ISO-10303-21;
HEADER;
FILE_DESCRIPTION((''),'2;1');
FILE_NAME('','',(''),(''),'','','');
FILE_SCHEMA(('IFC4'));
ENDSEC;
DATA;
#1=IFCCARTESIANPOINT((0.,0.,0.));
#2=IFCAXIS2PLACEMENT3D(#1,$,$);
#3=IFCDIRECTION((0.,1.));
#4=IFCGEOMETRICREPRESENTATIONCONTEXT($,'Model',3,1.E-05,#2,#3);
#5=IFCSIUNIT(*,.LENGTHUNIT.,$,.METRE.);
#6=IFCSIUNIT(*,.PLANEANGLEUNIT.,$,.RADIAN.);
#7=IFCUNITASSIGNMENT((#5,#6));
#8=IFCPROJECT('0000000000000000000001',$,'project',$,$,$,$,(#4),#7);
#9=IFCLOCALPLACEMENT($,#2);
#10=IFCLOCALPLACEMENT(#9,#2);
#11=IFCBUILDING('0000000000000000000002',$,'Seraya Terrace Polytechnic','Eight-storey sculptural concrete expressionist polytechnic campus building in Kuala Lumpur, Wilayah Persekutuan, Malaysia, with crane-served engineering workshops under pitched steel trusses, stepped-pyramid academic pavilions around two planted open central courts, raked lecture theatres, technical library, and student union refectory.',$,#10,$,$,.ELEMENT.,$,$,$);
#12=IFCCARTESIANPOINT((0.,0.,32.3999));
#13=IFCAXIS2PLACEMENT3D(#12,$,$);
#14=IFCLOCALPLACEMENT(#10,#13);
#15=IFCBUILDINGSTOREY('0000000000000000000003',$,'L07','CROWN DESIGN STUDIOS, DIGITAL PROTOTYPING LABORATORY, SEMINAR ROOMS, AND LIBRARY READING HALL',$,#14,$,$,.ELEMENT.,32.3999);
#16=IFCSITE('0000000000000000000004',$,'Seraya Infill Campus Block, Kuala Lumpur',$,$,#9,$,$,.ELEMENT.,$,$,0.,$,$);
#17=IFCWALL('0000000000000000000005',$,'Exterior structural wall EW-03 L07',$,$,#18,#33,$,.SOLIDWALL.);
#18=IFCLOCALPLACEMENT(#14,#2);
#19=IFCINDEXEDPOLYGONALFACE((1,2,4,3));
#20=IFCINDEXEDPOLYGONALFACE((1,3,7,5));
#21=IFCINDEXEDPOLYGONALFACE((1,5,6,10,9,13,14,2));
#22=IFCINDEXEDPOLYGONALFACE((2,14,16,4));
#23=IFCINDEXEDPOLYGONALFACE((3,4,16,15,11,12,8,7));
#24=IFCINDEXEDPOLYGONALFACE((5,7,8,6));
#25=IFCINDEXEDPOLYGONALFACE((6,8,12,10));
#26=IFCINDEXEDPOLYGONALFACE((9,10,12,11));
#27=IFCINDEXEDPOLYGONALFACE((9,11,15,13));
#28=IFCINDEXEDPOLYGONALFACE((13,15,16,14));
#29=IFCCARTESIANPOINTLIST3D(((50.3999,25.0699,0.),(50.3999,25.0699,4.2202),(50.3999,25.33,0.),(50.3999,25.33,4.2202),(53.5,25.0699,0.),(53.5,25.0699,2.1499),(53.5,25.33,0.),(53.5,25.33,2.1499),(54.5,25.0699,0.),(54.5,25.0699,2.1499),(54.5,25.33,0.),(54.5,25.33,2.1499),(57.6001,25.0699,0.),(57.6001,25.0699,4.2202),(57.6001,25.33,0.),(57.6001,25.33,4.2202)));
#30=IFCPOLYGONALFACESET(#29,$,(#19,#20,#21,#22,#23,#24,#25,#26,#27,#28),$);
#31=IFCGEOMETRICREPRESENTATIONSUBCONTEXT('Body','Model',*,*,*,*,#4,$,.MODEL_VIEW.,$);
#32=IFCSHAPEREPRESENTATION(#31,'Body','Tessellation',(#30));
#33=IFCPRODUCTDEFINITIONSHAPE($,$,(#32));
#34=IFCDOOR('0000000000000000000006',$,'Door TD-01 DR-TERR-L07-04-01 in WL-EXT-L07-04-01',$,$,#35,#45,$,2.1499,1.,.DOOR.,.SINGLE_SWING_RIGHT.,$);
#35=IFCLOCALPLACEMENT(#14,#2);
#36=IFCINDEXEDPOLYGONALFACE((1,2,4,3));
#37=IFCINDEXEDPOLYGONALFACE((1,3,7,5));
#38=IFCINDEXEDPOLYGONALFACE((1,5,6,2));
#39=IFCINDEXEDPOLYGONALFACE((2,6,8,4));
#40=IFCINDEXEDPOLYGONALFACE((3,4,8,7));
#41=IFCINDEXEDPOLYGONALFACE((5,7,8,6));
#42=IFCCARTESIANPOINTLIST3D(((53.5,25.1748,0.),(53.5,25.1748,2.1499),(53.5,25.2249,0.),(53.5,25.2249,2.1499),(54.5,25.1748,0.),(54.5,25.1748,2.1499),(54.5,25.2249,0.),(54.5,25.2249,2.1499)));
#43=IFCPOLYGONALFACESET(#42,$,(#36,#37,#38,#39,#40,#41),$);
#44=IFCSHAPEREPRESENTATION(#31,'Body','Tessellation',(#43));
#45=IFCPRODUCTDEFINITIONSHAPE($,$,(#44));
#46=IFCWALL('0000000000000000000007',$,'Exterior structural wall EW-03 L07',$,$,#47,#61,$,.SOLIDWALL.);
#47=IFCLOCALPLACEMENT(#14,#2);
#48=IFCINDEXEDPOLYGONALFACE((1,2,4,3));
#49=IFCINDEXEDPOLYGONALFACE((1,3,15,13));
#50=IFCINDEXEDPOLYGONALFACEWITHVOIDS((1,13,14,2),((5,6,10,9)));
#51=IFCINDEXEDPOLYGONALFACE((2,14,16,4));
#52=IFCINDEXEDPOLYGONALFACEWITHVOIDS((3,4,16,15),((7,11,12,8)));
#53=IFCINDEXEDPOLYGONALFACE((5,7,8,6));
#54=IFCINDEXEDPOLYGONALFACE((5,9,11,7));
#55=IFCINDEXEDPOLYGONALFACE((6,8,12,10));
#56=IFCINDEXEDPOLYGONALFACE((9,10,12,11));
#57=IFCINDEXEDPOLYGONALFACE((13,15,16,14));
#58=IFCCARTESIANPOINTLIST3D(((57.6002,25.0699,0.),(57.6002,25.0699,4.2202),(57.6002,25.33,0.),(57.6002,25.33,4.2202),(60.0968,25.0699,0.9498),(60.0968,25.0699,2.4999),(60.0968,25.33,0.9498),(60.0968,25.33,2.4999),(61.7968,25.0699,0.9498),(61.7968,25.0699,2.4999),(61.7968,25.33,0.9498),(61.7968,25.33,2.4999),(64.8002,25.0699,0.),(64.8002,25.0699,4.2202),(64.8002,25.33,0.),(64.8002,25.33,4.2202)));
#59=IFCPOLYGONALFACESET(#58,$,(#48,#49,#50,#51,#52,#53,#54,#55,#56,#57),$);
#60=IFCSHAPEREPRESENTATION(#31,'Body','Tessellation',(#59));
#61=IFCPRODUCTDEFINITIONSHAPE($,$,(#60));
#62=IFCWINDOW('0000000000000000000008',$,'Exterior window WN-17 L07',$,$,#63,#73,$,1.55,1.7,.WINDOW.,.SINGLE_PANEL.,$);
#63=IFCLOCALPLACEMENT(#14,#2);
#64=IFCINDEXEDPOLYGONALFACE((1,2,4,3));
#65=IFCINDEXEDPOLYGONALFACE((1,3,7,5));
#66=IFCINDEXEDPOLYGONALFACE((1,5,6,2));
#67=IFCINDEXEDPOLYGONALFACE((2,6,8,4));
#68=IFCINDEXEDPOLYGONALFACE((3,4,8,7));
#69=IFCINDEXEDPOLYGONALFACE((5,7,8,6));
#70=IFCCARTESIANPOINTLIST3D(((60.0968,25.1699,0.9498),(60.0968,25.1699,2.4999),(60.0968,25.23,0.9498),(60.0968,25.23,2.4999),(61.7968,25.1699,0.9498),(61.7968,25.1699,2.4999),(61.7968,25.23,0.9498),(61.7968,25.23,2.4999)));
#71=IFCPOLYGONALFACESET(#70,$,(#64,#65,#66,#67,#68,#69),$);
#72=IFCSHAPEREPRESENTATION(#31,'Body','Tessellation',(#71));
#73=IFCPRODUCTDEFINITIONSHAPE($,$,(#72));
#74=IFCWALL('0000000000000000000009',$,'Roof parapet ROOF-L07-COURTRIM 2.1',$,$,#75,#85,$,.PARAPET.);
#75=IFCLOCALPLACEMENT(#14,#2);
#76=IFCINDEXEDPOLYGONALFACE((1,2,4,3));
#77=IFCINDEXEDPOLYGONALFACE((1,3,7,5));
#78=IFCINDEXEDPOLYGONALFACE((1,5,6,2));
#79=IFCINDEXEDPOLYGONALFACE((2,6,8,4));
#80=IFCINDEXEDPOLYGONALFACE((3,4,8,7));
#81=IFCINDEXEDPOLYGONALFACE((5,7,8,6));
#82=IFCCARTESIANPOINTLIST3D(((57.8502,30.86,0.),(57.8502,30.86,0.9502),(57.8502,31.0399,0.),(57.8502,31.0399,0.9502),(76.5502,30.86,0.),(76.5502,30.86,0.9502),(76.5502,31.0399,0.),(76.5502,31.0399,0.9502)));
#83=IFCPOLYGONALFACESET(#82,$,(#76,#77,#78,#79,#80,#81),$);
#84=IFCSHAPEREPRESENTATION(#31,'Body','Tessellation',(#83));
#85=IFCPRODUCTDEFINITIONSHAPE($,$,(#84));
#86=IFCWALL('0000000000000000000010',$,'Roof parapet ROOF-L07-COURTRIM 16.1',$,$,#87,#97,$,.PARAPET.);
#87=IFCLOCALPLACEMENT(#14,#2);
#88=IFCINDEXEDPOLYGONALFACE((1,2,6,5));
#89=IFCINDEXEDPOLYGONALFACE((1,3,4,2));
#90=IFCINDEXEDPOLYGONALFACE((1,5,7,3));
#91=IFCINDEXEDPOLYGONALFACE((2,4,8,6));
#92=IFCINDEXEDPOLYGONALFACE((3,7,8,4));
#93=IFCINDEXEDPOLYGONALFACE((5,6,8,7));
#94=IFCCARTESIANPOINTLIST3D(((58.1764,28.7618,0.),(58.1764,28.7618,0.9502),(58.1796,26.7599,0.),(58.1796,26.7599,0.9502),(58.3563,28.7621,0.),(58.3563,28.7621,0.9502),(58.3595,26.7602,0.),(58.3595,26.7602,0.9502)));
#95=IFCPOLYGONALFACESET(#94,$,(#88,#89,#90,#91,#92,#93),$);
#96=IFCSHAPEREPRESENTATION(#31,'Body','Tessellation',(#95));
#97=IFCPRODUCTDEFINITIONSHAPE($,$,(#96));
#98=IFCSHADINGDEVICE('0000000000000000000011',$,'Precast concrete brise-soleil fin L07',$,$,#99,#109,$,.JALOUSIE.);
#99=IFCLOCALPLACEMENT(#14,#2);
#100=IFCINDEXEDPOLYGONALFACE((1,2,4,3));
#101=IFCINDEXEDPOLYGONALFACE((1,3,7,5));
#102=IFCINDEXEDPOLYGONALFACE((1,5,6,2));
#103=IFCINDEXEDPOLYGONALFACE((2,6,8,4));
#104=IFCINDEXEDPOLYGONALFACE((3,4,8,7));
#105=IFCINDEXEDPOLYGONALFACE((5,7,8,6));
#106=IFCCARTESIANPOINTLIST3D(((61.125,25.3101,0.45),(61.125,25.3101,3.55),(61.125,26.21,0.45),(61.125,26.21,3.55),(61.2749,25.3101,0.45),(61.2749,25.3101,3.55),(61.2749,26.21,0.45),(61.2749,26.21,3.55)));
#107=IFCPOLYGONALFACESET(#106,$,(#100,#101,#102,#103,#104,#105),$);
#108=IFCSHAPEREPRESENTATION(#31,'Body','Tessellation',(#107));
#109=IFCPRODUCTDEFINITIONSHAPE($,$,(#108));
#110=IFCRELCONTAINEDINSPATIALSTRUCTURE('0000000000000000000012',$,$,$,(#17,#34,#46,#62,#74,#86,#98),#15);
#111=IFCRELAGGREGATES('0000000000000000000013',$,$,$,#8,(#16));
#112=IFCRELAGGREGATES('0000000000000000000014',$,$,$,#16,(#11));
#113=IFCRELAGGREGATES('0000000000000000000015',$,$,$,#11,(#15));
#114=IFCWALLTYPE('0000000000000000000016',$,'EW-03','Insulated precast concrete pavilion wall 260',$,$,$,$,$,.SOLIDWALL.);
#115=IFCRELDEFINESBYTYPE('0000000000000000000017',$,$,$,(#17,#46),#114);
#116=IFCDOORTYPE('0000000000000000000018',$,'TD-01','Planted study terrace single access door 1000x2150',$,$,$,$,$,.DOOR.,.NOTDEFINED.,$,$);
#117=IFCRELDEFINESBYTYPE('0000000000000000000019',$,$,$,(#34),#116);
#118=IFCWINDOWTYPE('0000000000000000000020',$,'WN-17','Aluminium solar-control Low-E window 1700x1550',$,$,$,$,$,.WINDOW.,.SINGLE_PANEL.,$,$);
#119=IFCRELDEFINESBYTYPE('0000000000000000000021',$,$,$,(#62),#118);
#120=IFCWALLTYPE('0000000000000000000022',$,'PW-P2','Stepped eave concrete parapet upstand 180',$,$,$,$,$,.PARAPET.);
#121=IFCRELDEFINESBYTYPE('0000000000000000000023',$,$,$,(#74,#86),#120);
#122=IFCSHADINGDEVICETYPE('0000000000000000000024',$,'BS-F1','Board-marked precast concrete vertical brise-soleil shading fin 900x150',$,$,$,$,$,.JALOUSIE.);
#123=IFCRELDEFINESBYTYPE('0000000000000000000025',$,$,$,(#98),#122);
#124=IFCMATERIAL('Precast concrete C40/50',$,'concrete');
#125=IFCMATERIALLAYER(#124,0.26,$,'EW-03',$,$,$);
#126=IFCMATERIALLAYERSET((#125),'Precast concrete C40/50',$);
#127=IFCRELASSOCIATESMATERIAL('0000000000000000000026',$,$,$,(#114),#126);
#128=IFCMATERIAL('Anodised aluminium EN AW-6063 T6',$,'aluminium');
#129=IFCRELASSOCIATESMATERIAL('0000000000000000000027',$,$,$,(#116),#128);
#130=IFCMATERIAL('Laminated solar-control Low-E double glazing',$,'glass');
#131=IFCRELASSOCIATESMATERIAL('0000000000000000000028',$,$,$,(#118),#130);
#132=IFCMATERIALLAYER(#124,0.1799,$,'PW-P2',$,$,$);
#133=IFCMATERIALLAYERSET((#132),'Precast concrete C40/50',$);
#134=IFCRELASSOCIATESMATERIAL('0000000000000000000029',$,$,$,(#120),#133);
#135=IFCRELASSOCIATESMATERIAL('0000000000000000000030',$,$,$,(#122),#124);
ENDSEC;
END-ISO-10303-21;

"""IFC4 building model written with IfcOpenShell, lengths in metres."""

from ifc_helpers import new_model, si_unit, direction, frame, frame_2d, origin, origin_2d, place, context, subcontext, project, spatial, rectangle, extrude, material, layer, layer_set, type_object, element, fill, save


model = new_model("IFC4")

# Units and contexts
model_context = context("Model", 3, precision=1e-05, world=origin(), true_north=direction((0.0, 1.0)))
body_context = subcontext(model_context, "Body", "Model", "MODEL_VIEW")
ifc_project = project(units=[si_unit("LENGTHUNIT", "METRE"), si_unit("PLANEANGLEUNIT", "RADIAN")], contexts=[model_context])

# Site, building, storey
site_placement = place(None, origin())
site = spatial("IfcSite", under=ifc_project, at=site_placement, Name="Seraya Infill Campus Block, Kuala Lumpur", CompositionType="ELEMENT", RefElevation=0.0)
building_placement = place(site_placement, origin())
building = spatial("IfcBuilding", under=site, at=building_placement, Name="Seraya Terrace Polytechnic", Description="Eight-storey sculptural concrete expressionist polytechnic campus building in Kuala Lumpur, Wilayah Persekutuan, Malaysia, with crane-served engineering workshops under pitched steel trusses, stepped-pyramid academic pavilions around two planted open central courts, raked lecture theatres, technical library, and student union refectory.", CompositionType="ELEMENT")
storey_placement = place(building_placement, frame((0.0, 0.0, 32.3999)))
storey = spatial("IfcBuildingStorey", under=building, at=storey_placement, Name="L07", Description="CROWN DESIGN STUDIOS, DIGITAL PROTOTYPING LABORATORY, SEMINAR ROOMS, AND LIBRARY READING HALL", CompositionType="ELEMENT", Elevation=32.3999)

# Wall, opening, door
ifc_material_1 = material(Name="Precast concrete C40/50", Category="concrete")
ifc_layer_1 = layer(ifc_material_1, 0.26, Name="EW-03")
ifc_layer_set_1 = layer_set([ifc_layer_1], Name="Precast concrete C40/50")
wall_type_1 = type_object("IfcWallType", Name="EW-03", Description="Insulated precast concrete pavilion wall 260", PredefinedType="SOLIDWALL", material=ifc_layer_set_1)
wall_1_placement = place(storey_placement, frame((50.3999, 25.2, 0.0), z_axis=(0.0, 0.0, 1.0), x_axis=(1.0, 0.0, 0.0)))
wall_1 = element("IfcWall", 1, at=wall_1_placement, inside=storey, type_object=wall_type_1, Name="Exterior structural wall EW-03 L07", PredefinedType="SOLIDWALL", context=body_context, shape_type="SweptSolid", body=[
    extrude(rectangle(XDim=7.2002, YDim=0.26, at=frame_2d((3.6001, 0.0))), origin(), (0.0, 0.0, 1.0), 4.2202),
])
opening_1_placement = place(wall_1_placement, frame((3.1001, 0.0, 0.0)))
opening_1 = element("IfcOpeningElement", 2, at=opening_1_placement, cuts=wall_1, PredefinedType="OPENING", context=body_context, shape_type="SweptSolid", body=[
    extrude(rectangle(XDim=1.0, YDim=2.1499, at=frame_2d((0.5, 1.075))), frame((0.0, 0.1421, 0.0), z_axis=(0.0, -1.0, 0.0), x_axis=(1.0, 0.0, 0.0)), (0.0, 0.0, 1.0), 0.2839),
])
ifc_material_2 = material(Name="Anodised aluminium EN AW-6063 T6", Category="aluminium")
door_type = type_object("IfcDoorType", Name="TD-01", Description="Planted study terrace single access door 1000x2150", OperationType="NOTDEFINED", PredefinedType="DOOR", material=ifc_material_2)
door_placement = place(opening_1_placement, origin())
door = element("IfcDoor", 3, at=door_placement, inside=storey, type_object=door_type, Name="Door TD-01 DR-TERR-L07-04-01 in WL-EXT-L07-04-01", OperationType="SINGLE_SWING_RIGHT", OverallHeight=2.1499, OverallWidth=1.0, PredefinedType="DOOR", context=body_context, shape_type="SweptSolid", body=[
    extrude(rectangle(XDim=1.0, YDim=2.1499, at=frame_2d((0.5, 1.075))), frame((0.0, 0.0249, 0.0), z_axis=(0.0, -1.0, 0.0), x_axis=(1.0, 0.0, 0.0)), (0.0, 0.0, 1.0), 0.05),
])
fill(opening_1, door)

# Wall, opening, window
wall_2_placement = place(storey_placement, frame((57.6001, 25.2, 0.0), z_axis=(0.0, 0.0, 1.0), x_axis=(1.0, 0.0, 0.0)))
wall_2 = element("IfcWall", 4, at=wall_2_placement, inside=storey, type_object=wall_type_1, Name="Exterior structural wall EW-03 L07", PredefinedType="SOLIDWALL", context=body_context, shape_type="SweptSolid", body=[
    extrude(rectangle(XDim=7.2, YDim=0.26, at=frame_2d((3.6001, 0.0))), origin(), (0.0, 0.0, 1.0), 4.2202),
])
opening_2_placement = place(wall_2_placement, frame((2.4966, 0.0, 0.95)))
opening_2 = element("IfcOpeningElement", 5, at=opening_2_placement, cuts=wall_2, PredefinedType="OPENING", context=body_context, shape_type="SweptSolid", body=[
    extrude(rectangle(XDim=1.7, YDim=1.55, at=frame_2d((0.8501, 0.7749))), frame((0.0, 0.1421, 0.0), z_axis=(0.0, -1.0, 0.0), x_axis=(1.0, 0.0, 0.0)), (0.0, 0.0, 1.0), 0.2839),
])
ifc_material_3 = material(Name="Laminated solar-control Low-E double glazing", Category="glass")
window_type = type_object("IfcWindowType", Name="WN-17", Description="Aluminium solar-control Low-E window 1700x1550", PartitioningType="SINGLE_PANEL", PredefinedType="WINDOW", material=ifc_material_3)
window_placement = place(opening_2_placement, origin())
window = element("IfcWindow", 6, at=window_placement, inside=storey, type_object=window_type, Name="Exterior window WN-17 L07", OverallHeight=1.55, OverallWidth=1.7, PartitioningType="SINGLE_PANEL", PredefinedType="WINDOW", context=body_context, shape_type="SweptSolid", body=[
    extrude(rectangle(XDim=1.7, YDim=1.55, at=frame_2d((0.8501, 0.7749))), frame((0.0, 0.03, 0.0), z_axis=(0.0, -1.0, 0.0), x_axis=(1.0, 0.0, 0.0)), (0.0, 0.0, 1.0), 0.0601),
])
fill(opening_2, window)

# Walls
ifc_layer_2 = layer(ifc_material_1, 0.1799, Name="PW-P2")
ifc_layer_set_2 = layer_set([ifc_layer_2], Name="Precast concrete C40/50")
wall_type_2 = type_object("IfcWallType", Name="PW-P2", Description="Stepped eave concrete parapet upstand 180", PredefinedType="PARAPET", material=ifc_layer_set_2)
wall_3_placement = place(storey_placement, frame((57.8501, 30.95, 0.0), z_axis=(0.0, 0.0, 1.0), x_axis=(1.0, 0.0, 0.0)))
element("IfcWall", 7, at=wall_3_placement, inside=storey, type_object=wall_type_2, Name="Roof parapet ROOF-L07-COURTRIM 2.1", PredefinedType="PARAPET", context=body_context, shape_type="SweptSolid", body=[
    extrude(rectangle(XDim=18.7, YDim=0.1799, at=frame_2d((9.3501, 0.0))), origin(), (0.0, 0.0, 1.0), 0.9502),
])
wall_4_placement = place(storey_placement, frame((58.2695, 26.76, 0.0), z_axis=(0.0, 0.0, 1.0), x_axis=(-0.001585, 0.999999, 0.0)))
element("IfcWall", 8, at=wall_4_placement, inside=storey, type_object=wall_type_2, Name="Roof parapet ROOF-L07-COURTRIM 16.1", PredefinedType="PARAPET", context=body_context, shape_type="SweptSolid", body=[
    extrude(rectangle(XDim=2.002, YDim=0.1799, at=frame_2d((1.001, 0.0))), origin(), (0.0, 0.0, 1.0), 0.9502),
])

# Shading device
shading_device_type = type_object("IfcShadingDeviceType", Name="BS-F1", Description="Board-marked precast concrete vertical brise-soleil shading fin 900x150", PredefinedType="JALOUSIE", material=ifc_material_1)
shading_device_placement = place(storey_placement, frame((61.2, 25.76, 0.45), z_axis=(0.0, 0.0, 1.0), x_axis=(0.0, 1.0, 0.0)))
element("IfcShadingDevice", 9, at=shading_device_placement, inside=storey, type_object=shading_device_type, Name="Precast concrete brise-soleil fin L07", PredefinedType="JALOUSIE", context=body_context, shape_type="SweptSolid", body=[
    extrude(rectangle(XDim=0.8999, YDim=0.1499, at=origin_2d()), origin(), (0.0, 0.0, 1.0), 3.1001),
])

save(model, "model.ifc")
